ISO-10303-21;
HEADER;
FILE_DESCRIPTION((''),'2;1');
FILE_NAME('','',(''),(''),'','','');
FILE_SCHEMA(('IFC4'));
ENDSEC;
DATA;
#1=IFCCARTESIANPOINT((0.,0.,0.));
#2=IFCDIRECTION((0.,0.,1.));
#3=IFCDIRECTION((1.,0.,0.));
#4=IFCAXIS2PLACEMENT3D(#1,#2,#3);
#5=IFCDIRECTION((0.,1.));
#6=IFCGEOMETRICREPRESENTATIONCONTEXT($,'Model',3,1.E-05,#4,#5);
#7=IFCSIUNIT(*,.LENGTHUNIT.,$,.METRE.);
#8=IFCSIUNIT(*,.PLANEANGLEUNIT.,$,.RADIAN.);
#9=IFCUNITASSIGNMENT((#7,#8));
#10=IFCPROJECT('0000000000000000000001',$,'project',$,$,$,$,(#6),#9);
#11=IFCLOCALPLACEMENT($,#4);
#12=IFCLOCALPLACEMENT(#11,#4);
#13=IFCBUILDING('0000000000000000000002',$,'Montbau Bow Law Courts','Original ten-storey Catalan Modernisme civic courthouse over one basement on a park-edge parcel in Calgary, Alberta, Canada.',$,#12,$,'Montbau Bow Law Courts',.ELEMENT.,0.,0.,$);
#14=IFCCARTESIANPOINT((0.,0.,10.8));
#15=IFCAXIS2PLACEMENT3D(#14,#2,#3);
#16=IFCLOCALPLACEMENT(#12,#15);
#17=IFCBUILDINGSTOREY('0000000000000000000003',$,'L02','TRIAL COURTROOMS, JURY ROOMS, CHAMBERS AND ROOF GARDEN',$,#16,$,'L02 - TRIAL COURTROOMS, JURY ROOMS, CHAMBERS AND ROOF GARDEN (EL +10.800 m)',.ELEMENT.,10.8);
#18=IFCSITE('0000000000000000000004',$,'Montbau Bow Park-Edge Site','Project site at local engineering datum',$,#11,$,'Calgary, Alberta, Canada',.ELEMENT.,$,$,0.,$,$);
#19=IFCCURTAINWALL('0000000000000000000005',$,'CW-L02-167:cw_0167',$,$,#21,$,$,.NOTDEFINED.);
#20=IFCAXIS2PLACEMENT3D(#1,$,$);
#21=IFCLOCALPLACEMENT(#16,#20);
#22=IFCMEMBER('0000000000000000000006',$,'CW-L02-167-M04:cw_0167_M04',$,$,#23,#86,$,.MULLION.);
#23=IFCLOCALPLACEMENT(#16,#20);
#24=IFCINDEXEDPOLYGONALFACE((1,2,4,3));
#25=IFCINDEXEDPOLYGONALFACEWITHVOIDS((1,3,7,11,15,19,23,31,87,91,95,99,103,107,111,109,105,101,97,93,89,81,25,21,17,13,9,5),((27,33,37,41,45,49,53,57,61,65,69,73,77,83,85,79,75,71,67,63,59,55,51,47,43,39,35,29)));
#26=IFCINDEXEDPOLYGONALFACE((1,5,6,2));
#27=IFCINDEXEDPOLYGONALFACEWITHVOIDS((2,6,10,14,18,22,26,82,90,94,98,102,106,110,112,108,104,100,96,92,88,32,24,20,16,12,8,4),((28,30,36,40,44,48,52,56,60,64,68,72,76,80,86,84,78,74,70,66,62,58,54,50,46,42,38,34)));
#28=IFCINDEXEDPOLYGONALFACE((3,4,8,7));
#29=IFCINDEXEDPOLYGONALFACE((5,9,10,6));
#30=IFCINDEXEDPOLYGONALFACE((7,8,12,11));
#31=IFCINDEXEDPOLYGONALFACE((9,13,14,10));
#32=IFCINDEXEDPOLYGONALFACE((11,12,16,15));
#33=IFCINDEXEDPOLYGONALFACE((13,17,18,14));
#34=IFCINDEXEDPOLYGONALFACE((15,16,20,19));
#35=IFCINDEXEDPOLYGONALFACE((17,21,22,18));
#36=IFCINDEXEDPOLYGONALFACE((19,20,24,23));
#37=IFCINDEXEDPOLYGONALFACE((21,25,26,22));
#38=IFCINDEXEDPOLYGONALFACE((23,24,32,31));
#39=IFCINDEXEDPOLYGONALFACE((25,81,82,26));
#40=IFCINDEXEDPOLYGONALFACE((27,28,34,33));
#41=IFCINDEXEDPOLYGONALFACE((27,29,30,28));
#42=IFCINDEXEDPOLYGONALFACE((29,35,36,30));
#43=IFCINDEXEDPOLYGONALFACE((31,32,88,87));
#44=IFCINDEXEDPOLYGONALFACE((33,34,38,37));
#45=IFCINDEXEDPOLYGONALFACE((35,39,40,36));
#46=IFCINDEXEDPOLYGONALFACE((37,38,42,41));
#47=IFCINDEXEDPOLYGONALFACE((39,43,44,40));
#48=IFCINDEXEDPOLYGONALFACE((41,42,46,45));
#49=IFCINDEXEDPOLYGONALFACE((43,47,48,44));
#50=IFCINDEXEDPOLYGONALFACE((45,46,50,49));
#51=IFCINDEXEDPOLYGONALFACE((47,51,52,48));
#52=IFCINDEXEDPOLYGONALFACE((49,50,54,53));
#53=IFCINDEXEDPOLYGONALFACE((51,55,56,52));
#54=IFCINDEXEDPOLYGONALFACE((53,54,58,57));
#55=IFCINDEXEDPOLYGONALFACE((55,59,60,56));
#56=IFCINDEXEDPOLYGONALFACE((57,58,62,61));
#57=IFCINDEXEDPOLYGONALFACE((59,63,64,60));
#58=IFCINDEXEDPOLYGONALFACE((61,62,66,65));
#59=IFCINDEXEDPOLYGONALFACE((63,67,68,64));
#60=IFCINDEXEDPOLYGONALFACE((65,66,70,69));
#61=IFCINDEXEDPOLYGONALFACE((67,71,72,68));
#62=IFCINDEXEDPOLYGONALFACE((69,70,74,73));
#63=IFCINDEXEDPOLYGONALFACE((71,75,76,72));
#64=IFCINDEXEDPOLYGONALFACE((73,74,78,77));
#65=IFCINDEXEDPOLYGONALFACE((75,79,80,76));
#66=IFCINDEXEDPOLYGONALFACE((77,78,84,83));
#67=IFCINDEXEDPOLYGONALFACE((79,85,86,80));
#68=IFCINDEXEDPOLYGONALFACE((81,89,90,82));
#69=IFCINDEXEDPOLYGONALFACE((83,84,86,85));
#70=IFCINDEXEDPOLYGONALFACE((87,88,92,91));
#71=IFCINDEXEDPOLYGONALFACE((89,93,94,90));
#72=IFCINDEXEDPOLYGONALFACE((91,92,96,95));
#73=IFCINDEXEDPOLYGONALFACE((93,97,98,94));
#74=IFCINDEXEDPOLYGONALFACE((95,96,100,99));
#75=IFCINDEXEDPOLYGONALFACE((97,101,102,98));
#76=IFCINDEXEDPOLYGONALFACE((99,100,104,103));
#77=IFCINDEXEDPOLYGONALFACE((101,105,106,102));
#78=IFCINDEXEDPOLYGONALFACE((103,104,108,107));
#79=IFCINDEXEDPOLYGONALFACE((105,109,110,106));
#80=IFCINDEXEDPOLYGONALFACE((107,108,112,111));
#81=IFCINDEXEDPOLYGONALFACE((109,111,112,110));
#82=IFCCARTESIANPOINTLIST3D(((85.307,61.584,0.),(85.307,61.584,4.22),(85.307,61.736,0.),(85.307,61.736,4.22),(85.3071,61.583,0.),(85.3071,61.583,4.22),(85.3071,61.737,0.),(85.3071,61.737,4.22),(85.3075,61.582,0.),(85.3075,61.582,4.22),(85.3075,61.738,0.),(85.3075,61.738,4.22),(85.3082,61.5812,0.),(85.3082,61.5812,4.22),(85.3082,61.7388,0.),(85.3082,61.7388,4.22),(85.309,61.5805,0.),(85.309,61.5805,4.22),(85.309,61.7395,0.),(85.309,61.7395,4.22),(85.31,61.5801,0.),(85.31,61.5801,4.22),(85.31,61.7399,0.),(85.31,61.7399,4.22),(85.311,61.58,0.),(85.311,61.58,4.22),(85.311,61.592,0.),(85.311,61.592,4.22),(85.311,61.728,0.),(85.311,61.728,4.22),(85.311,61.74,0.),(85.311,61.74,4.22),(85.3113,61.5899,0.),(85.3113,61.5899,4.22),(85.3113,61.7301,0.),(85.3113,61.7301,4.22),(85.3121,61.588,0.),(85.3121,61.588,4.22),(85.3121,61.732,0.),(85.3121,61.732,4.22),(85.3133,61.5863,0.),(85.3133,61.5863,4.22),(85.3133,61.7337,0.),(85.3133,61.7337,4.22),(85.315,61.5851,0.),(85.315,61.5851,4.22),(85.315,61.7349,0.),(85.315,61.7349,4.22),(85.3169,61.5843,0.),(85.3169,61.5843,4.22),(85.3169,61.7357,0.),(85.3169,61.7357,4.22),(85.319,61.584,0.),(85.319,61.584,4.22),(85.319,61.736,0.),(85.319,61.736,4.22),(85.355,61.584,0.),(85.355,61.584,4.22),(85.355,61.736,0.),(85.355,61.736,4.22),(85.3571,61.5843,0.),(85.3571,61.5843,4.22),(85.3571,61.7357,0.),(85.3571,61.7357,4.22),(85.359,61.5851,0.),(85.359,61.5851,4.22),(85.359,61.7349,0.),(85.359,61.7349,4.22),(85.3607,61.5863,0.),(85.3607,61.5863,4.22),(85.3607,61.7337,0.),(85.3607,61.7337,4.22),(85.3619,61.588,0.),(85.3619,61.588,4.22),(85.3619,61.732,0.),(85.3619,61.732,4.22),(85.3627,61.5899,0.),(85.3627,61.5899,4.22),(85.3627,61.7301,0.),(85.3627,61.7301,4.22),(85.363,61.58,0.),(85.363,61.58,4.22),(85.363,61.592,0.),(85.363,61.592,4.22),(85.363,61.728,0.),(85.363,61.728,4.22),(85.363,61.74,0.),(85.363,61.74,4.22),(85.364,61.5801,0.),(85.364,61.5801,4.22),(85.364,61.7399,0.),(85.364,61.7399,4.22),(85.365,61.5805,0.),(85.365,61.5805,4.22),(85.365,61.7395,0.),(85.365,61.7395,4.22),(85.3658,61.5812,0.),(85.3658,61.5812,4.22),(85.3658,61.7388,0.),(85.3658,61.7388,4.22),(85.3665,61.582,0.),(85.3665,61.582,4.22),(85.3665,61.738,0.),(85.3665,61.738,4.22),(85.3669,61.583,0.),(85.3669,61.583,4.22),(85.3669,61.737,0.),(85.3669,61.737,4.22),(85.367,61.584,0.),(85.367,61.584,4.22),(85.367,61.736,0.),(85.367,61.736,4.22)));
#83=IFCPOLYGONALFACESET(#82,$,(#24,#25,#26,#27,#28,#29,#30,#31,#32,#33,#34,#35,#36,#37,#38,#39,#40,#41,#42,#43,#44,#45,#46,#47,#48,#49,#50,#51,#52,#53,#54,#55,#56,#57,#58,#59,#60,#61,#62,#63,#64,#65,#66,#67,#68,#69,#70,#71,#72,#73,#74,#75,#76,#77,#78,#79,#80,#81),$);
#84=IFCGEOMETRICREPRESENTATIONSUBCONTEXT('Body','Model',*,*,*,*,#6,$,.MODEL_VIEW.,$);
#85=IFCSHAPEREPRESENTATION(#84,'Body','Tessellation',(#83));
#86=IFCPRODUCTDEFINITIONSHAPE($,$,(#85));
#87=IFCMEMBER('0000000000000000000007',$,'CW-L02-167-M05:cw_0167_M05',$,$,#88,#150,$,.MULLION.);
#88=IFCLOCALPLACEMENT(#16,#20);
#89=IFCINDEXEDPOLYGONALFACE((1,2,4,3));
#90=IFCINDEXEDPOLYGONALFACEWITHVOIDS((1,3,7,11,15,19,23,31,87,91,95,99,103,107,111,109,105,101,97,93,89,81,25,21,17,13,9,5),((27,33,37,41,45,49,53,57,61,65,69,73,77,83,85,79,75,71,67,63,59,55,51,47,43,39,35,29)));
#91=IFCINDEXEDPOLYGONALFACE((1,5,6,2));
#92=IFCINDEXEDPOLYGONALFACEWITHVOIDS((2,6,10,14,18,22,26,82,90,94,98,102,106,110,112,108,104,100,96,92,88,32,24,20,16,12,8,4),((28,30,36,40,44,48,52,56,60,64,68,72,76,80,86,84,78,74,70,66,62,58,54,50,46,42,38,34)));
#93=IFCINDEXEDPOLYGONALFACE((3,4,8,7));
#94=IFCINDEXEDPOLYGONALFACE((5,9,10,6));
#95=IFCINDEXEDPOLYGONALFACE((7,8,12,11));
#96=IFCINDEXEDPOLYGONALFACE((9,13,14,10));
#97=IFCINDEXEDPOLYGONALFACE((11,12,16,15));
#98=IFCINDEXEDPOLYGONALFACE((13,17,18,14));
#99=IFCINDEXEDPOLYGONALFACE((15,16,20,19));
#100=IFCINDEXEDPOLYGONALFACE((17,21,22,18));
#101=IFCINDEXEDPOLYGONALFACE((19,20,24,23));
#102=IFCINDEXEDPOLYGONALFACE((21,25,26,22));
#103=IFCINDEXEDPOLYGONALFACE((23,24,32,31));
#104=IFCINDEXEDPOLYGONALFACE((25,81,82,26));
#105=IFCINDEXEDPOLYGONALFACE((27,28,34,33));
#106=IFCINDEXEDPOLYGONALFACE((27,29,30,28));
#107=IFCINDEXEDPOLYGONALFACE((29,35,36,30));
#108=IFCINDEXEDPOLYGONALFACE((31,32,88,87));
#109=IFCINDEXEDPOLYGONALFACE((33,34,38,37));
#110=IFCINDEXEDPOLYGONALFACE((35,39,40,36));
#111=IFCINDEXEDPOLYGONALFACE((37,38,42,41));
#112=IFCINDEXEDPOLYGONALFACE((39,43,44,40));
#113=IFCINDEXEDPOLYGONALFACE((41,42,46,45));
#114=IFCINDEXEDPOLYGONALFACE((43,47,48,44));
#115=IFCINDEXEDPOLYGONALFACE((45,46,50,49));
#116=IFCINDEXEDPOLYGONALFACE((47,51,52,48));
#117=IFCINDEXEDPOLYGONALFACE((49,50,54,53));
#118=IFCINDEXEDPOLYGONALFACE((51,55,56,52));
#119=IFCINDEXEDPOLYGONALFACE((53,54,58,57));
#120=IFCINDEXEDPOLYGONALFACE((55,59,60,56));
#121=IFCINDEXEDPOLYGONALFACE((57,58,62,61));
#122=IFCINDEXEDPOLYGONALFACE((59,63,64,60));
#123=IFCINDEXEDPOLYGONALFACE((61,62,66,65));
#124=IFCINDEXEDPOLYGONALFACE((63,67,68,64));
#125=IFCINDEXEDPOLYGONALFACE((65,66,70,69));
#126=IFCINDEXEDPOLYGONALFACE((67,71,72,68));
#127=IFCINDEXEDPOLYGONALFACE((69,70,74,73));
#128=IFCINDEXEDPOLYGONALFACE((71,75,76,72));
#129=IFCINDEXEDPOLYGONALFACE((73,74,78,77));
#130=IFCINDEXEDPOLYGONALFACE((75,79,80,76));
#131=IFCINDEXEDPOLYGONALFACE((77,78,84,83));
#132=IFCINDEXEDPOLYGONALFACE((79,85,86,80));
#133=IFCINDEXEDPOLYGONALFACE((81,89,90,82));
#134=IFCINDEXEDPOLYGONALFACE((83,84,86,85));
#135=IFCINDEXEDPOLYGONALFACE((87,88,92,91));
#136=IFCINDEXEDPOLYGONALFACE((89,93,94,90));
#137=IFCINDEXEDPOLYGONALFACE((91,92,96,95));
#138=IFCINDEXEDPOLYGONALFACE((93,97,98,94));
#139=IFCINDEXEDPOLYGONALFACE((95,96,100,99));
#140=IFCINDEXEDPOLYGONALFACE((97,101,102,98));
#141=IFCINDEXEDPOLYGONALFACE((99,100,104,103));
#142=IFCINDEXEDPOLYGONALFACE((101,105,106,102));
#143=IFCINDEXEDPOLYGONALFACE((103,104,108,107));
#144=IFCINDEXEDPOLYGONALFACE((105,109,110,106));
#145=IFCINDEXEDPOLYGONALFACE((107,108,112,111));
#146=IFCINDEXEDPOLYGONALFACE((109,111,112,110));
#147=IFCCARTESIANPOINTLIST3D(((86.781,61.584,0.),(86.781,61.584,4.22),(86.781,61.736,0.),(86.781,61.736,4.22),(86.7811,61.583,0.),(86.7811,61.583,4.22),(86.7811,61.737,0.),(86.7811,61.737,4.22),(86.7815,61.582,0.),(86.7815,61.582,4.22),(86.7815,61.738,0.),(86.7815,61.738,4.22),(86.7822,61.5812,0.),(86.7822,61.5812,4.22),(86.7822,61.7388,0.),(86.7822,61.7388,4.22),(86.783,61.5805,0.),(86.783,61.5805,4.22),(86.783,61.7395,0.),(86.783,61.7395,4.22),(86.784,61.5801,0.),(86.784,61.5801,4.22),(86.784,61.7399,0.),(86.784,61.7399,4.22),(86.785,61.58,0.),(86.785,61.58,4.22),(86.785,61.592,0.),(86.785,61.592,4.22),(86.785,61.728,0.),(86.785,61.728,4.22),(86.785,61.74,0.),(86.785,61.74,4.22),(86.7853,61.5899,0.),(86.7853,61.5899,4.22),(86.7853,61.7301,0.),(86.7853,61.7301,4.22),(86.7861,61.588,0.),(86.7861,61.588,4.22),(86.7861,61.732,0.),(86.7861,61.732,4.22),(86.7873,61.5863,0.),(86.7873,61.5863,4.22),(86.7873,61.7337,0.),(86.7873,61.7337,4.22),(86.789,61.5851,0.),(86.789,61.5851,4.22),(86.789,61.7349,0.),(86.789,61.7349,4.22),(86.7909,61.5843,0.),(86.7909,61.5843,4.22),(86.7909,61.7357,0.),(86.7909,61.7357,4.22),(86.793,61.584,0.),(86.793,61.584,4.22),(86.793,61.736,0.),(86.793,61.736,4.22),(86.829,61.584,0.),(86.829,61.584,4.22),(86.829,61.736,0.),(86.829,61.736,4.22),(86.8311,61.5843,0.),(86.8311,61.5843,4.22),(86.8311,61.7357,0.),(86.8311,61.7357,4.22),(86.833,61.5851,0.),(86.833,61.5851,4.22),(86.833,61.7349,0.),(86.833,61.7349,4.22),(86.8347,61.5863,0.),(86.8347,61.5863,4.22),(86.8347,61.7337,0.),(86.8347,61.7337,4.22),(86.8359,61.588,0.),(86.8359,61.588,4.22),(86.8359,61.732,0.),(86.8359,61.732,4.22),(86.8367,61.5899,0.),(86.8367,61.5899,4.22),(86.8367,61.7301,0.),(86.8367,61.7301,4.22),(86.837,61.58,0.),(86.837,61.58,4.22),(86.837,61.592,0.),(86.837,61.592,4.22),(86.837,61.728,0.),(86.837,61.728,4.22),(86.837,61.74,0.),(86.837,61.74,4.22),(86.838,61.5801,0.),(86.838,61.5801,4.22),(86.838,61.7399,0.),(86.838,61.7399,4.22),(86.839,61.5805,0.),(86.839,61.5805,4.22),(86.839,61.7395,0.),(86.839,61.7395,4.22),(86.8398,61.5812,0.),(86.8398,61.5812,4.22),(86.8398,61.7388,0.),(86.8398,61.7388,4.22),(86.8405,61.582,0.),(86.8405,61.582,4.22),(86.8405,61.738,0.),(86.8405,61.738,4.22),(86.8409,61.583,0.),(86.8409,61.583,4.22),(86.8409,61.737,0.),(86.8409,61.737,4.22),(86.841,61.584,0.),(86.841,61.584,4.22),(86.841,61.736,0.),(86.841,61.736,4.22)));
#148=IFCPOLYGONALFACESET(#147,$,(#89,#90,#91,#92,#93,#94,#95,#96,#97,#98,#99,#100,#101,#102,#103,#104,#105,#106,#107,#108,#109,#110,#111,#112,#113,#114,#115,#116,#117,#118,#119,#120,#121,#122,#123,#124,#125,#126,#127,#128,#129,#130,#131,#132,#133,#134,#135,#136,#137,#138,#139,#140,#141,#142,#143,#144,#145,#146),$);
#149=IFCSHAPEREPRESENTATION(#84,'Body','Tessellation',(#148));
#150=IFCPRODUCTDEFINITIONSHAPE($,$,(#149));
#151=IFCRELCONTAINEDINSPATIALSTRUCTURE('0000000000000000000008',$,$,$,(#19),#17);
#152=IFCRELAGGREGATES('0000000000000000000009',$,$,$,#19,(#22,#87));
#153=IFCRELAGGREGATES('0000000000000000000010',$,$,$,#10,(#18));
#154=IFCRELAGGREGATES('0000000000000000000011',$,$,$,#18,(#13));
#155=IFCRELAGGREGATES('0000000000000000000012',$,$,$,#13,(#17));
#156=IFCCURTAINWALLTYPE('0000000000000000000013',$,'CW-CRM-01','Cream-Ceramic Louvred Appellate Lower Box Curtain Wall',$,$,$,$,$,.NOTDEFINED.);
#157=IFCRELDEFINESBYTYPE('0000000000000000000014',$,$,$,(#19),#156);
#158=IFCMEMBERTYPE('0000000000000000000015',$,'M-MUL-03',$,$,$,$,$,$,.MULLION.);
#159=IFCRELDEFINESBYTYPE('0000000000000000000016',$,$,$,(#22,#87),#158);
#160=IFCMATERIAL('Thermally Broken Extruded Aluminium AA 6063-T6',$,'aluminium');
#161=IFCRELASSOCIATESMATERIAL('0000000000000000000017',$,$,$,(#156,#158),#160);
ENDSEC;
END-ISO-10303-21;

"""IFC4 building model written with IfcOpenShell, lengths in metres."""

from ifc_helpers import new_model, si_unit, direction, frame, origin_with_axes, origin_2d_with_axis, place, context, subcontext, project, spatial, hollow_rectangle, extrude, material, material_profile, profile_set, type_object, element, aggregate, save


model = new_model("IFC4")

# Units and contexts
model_context = context("Model", 3, precision=1e-05, world=origin_with_axes(), true_north=direction((0.0, 1.0)))
body_context = subcontext(model_context, "Body", "Model", "MODEL_VIEW")
ifc_project = project(units=[si_unit("LENGTHUNIT", "METRE"), si_unit("PLANEANGLEUNIT", "RADIAN")], contexts=[model_context])

# Site, building, storey
site_placement = place(None, origin_with_axes())
site = spatial("IfcSite", under=ifc_project, at=site_placement, Name="Montbau Bow Park-Edge Site", Description="Project site at local engineering datum", LongName="Calgary, Alberta, Canada", CompositionType="ELEMENT", RefElevation=0.0)
building_placement = place(site_placement, origin_with_axes())
building = spatial("IfcBuilding", under=site, at=building_placement, Name="Montbau Bow Law Courts", Description="Original ten-storey Catalan Modernisme civic courthouse over one basement on a park-edge parcel in Calgary, Alberta, Canada.", LongName="Montbau Bow Law Courts", CompositionType="ELEMENT", ElevationOfRefHeight=0.0, ElevationOfTerrain=0.0)
storey_placement = place(building_placement, frame((0.0, 0.0, 10.8), z_axis=(0.0, 0.0, 1.0), x_axis=(1.0, 0.0, 0.0)))
storey = spatial("IfcBuildingStorey", under=building, at=storey_placement, Name="L02", Description="TRIAL COURTROOMS, JURY ROOMS, CHAMBERS AND ROOF GARDEN", LongName="L02 - TRIAL COURTROOMS, JURY ROOMS, CHAMBERS AND ROOF GARDEN (EL +10.800 m)", CompositionType="ELEMENT", Elevation=10.8)

# Curtain wall, members
ifc_material_1 = material(Name="Thermally Broken Extruded Aluminium AA 6063-T6", Category="aluminium")
curtain_wall_type = type_object("IfcCurtainWallType", Name="CW-CRM-01", Description="Cream-Ceramic Louvred Appellate Lower Box Curtain Wall", PredefinedType="NOTDEFINED", material=ifc_material_1)
curtain_wall_placement = place(None, frame((80.915, 61.66, 10.8), z_axis=(0.0, 0.0, 1.0), x_axis=(1.0, 0.0, 0.0)))
curtain_wall = element("IfcCurtainWall", 1, at=curtain_wall_placement, inside=storey, type_object=curtain_wall_type, Name="CW-L02-167:cw_0167", PredefinedType="NOTDEFINED")
ifc_material_profile_1 = material_profile(ifc_material_1, hollow_rectangle(XDim=0.06, YDim=0.16, WallThickness=0.004, InnerFilletRadius=0.008, OuterFilletRadius=0.004, at=origin_2d_with_axis()), Name="CWM-160X60", Category="Main", Priority=0)
ifc_profile_set_1 = profile_set([ifc_material_profile_1], Name="Thermally Broken Extruded Aluminium AA 6063-T6")
member_type_1 = type_object("IfcMemberType", Name="M-MUL-03", PredefinedType="MULLION", material=ifc_profile_set_1)
member_1_placement = place(None, frame((85.337, 61.66, 10.8), z_axis=(0.0, 0.0, 1.0), x_axis=(1.0, 0.0, 0.0)))
member_1 = element("IfcMember", 2, at=member_1_placement, type_object=member_type_1, Name="CW-L02-167-M04:cw_0167_M04", PredefinedType="MULLION", context=body_context, shape_type="SweptSolid", body=[
    extrude(hollow_rectangle(XDim=0.06, YDim=0.16, WallThickness=0.004, InnerFilletRadius=0.008, OuterFilletRadius=0.004, at=origin_2d_with_axis()), origin_with_axes(), (0.0, 0.0, 1.0), 4.22),
])
member_2_placement = place(None, frame((86.811, 61.66, 10.8), z_axis=(0.0, 0.0, 1.0), x_axis=(1.0, 0.0, 0.0)))
member_2 = element("IfcMember", 3, at=member_2_placement, type_object=member_type_1, Name="CW-L02-167-M05:cw_0167_M05", PredefinedType="MULLION", context=body_context, shape_type="SweptSolid", body=[
    extrude(hollow_rectangle(XDim=0.06, YDim=0.16, WallThickness=0.004, InnerFilletRadius=0.008, OuterFilletRadius=0.004, at=origin_2d_with_axis()), origin_with_axes(), (0.0, 0.0, 1.0), 4.22),
])
aggregate(curtain_wall, [member_1, member_2])

save(model, "model.ifc")
